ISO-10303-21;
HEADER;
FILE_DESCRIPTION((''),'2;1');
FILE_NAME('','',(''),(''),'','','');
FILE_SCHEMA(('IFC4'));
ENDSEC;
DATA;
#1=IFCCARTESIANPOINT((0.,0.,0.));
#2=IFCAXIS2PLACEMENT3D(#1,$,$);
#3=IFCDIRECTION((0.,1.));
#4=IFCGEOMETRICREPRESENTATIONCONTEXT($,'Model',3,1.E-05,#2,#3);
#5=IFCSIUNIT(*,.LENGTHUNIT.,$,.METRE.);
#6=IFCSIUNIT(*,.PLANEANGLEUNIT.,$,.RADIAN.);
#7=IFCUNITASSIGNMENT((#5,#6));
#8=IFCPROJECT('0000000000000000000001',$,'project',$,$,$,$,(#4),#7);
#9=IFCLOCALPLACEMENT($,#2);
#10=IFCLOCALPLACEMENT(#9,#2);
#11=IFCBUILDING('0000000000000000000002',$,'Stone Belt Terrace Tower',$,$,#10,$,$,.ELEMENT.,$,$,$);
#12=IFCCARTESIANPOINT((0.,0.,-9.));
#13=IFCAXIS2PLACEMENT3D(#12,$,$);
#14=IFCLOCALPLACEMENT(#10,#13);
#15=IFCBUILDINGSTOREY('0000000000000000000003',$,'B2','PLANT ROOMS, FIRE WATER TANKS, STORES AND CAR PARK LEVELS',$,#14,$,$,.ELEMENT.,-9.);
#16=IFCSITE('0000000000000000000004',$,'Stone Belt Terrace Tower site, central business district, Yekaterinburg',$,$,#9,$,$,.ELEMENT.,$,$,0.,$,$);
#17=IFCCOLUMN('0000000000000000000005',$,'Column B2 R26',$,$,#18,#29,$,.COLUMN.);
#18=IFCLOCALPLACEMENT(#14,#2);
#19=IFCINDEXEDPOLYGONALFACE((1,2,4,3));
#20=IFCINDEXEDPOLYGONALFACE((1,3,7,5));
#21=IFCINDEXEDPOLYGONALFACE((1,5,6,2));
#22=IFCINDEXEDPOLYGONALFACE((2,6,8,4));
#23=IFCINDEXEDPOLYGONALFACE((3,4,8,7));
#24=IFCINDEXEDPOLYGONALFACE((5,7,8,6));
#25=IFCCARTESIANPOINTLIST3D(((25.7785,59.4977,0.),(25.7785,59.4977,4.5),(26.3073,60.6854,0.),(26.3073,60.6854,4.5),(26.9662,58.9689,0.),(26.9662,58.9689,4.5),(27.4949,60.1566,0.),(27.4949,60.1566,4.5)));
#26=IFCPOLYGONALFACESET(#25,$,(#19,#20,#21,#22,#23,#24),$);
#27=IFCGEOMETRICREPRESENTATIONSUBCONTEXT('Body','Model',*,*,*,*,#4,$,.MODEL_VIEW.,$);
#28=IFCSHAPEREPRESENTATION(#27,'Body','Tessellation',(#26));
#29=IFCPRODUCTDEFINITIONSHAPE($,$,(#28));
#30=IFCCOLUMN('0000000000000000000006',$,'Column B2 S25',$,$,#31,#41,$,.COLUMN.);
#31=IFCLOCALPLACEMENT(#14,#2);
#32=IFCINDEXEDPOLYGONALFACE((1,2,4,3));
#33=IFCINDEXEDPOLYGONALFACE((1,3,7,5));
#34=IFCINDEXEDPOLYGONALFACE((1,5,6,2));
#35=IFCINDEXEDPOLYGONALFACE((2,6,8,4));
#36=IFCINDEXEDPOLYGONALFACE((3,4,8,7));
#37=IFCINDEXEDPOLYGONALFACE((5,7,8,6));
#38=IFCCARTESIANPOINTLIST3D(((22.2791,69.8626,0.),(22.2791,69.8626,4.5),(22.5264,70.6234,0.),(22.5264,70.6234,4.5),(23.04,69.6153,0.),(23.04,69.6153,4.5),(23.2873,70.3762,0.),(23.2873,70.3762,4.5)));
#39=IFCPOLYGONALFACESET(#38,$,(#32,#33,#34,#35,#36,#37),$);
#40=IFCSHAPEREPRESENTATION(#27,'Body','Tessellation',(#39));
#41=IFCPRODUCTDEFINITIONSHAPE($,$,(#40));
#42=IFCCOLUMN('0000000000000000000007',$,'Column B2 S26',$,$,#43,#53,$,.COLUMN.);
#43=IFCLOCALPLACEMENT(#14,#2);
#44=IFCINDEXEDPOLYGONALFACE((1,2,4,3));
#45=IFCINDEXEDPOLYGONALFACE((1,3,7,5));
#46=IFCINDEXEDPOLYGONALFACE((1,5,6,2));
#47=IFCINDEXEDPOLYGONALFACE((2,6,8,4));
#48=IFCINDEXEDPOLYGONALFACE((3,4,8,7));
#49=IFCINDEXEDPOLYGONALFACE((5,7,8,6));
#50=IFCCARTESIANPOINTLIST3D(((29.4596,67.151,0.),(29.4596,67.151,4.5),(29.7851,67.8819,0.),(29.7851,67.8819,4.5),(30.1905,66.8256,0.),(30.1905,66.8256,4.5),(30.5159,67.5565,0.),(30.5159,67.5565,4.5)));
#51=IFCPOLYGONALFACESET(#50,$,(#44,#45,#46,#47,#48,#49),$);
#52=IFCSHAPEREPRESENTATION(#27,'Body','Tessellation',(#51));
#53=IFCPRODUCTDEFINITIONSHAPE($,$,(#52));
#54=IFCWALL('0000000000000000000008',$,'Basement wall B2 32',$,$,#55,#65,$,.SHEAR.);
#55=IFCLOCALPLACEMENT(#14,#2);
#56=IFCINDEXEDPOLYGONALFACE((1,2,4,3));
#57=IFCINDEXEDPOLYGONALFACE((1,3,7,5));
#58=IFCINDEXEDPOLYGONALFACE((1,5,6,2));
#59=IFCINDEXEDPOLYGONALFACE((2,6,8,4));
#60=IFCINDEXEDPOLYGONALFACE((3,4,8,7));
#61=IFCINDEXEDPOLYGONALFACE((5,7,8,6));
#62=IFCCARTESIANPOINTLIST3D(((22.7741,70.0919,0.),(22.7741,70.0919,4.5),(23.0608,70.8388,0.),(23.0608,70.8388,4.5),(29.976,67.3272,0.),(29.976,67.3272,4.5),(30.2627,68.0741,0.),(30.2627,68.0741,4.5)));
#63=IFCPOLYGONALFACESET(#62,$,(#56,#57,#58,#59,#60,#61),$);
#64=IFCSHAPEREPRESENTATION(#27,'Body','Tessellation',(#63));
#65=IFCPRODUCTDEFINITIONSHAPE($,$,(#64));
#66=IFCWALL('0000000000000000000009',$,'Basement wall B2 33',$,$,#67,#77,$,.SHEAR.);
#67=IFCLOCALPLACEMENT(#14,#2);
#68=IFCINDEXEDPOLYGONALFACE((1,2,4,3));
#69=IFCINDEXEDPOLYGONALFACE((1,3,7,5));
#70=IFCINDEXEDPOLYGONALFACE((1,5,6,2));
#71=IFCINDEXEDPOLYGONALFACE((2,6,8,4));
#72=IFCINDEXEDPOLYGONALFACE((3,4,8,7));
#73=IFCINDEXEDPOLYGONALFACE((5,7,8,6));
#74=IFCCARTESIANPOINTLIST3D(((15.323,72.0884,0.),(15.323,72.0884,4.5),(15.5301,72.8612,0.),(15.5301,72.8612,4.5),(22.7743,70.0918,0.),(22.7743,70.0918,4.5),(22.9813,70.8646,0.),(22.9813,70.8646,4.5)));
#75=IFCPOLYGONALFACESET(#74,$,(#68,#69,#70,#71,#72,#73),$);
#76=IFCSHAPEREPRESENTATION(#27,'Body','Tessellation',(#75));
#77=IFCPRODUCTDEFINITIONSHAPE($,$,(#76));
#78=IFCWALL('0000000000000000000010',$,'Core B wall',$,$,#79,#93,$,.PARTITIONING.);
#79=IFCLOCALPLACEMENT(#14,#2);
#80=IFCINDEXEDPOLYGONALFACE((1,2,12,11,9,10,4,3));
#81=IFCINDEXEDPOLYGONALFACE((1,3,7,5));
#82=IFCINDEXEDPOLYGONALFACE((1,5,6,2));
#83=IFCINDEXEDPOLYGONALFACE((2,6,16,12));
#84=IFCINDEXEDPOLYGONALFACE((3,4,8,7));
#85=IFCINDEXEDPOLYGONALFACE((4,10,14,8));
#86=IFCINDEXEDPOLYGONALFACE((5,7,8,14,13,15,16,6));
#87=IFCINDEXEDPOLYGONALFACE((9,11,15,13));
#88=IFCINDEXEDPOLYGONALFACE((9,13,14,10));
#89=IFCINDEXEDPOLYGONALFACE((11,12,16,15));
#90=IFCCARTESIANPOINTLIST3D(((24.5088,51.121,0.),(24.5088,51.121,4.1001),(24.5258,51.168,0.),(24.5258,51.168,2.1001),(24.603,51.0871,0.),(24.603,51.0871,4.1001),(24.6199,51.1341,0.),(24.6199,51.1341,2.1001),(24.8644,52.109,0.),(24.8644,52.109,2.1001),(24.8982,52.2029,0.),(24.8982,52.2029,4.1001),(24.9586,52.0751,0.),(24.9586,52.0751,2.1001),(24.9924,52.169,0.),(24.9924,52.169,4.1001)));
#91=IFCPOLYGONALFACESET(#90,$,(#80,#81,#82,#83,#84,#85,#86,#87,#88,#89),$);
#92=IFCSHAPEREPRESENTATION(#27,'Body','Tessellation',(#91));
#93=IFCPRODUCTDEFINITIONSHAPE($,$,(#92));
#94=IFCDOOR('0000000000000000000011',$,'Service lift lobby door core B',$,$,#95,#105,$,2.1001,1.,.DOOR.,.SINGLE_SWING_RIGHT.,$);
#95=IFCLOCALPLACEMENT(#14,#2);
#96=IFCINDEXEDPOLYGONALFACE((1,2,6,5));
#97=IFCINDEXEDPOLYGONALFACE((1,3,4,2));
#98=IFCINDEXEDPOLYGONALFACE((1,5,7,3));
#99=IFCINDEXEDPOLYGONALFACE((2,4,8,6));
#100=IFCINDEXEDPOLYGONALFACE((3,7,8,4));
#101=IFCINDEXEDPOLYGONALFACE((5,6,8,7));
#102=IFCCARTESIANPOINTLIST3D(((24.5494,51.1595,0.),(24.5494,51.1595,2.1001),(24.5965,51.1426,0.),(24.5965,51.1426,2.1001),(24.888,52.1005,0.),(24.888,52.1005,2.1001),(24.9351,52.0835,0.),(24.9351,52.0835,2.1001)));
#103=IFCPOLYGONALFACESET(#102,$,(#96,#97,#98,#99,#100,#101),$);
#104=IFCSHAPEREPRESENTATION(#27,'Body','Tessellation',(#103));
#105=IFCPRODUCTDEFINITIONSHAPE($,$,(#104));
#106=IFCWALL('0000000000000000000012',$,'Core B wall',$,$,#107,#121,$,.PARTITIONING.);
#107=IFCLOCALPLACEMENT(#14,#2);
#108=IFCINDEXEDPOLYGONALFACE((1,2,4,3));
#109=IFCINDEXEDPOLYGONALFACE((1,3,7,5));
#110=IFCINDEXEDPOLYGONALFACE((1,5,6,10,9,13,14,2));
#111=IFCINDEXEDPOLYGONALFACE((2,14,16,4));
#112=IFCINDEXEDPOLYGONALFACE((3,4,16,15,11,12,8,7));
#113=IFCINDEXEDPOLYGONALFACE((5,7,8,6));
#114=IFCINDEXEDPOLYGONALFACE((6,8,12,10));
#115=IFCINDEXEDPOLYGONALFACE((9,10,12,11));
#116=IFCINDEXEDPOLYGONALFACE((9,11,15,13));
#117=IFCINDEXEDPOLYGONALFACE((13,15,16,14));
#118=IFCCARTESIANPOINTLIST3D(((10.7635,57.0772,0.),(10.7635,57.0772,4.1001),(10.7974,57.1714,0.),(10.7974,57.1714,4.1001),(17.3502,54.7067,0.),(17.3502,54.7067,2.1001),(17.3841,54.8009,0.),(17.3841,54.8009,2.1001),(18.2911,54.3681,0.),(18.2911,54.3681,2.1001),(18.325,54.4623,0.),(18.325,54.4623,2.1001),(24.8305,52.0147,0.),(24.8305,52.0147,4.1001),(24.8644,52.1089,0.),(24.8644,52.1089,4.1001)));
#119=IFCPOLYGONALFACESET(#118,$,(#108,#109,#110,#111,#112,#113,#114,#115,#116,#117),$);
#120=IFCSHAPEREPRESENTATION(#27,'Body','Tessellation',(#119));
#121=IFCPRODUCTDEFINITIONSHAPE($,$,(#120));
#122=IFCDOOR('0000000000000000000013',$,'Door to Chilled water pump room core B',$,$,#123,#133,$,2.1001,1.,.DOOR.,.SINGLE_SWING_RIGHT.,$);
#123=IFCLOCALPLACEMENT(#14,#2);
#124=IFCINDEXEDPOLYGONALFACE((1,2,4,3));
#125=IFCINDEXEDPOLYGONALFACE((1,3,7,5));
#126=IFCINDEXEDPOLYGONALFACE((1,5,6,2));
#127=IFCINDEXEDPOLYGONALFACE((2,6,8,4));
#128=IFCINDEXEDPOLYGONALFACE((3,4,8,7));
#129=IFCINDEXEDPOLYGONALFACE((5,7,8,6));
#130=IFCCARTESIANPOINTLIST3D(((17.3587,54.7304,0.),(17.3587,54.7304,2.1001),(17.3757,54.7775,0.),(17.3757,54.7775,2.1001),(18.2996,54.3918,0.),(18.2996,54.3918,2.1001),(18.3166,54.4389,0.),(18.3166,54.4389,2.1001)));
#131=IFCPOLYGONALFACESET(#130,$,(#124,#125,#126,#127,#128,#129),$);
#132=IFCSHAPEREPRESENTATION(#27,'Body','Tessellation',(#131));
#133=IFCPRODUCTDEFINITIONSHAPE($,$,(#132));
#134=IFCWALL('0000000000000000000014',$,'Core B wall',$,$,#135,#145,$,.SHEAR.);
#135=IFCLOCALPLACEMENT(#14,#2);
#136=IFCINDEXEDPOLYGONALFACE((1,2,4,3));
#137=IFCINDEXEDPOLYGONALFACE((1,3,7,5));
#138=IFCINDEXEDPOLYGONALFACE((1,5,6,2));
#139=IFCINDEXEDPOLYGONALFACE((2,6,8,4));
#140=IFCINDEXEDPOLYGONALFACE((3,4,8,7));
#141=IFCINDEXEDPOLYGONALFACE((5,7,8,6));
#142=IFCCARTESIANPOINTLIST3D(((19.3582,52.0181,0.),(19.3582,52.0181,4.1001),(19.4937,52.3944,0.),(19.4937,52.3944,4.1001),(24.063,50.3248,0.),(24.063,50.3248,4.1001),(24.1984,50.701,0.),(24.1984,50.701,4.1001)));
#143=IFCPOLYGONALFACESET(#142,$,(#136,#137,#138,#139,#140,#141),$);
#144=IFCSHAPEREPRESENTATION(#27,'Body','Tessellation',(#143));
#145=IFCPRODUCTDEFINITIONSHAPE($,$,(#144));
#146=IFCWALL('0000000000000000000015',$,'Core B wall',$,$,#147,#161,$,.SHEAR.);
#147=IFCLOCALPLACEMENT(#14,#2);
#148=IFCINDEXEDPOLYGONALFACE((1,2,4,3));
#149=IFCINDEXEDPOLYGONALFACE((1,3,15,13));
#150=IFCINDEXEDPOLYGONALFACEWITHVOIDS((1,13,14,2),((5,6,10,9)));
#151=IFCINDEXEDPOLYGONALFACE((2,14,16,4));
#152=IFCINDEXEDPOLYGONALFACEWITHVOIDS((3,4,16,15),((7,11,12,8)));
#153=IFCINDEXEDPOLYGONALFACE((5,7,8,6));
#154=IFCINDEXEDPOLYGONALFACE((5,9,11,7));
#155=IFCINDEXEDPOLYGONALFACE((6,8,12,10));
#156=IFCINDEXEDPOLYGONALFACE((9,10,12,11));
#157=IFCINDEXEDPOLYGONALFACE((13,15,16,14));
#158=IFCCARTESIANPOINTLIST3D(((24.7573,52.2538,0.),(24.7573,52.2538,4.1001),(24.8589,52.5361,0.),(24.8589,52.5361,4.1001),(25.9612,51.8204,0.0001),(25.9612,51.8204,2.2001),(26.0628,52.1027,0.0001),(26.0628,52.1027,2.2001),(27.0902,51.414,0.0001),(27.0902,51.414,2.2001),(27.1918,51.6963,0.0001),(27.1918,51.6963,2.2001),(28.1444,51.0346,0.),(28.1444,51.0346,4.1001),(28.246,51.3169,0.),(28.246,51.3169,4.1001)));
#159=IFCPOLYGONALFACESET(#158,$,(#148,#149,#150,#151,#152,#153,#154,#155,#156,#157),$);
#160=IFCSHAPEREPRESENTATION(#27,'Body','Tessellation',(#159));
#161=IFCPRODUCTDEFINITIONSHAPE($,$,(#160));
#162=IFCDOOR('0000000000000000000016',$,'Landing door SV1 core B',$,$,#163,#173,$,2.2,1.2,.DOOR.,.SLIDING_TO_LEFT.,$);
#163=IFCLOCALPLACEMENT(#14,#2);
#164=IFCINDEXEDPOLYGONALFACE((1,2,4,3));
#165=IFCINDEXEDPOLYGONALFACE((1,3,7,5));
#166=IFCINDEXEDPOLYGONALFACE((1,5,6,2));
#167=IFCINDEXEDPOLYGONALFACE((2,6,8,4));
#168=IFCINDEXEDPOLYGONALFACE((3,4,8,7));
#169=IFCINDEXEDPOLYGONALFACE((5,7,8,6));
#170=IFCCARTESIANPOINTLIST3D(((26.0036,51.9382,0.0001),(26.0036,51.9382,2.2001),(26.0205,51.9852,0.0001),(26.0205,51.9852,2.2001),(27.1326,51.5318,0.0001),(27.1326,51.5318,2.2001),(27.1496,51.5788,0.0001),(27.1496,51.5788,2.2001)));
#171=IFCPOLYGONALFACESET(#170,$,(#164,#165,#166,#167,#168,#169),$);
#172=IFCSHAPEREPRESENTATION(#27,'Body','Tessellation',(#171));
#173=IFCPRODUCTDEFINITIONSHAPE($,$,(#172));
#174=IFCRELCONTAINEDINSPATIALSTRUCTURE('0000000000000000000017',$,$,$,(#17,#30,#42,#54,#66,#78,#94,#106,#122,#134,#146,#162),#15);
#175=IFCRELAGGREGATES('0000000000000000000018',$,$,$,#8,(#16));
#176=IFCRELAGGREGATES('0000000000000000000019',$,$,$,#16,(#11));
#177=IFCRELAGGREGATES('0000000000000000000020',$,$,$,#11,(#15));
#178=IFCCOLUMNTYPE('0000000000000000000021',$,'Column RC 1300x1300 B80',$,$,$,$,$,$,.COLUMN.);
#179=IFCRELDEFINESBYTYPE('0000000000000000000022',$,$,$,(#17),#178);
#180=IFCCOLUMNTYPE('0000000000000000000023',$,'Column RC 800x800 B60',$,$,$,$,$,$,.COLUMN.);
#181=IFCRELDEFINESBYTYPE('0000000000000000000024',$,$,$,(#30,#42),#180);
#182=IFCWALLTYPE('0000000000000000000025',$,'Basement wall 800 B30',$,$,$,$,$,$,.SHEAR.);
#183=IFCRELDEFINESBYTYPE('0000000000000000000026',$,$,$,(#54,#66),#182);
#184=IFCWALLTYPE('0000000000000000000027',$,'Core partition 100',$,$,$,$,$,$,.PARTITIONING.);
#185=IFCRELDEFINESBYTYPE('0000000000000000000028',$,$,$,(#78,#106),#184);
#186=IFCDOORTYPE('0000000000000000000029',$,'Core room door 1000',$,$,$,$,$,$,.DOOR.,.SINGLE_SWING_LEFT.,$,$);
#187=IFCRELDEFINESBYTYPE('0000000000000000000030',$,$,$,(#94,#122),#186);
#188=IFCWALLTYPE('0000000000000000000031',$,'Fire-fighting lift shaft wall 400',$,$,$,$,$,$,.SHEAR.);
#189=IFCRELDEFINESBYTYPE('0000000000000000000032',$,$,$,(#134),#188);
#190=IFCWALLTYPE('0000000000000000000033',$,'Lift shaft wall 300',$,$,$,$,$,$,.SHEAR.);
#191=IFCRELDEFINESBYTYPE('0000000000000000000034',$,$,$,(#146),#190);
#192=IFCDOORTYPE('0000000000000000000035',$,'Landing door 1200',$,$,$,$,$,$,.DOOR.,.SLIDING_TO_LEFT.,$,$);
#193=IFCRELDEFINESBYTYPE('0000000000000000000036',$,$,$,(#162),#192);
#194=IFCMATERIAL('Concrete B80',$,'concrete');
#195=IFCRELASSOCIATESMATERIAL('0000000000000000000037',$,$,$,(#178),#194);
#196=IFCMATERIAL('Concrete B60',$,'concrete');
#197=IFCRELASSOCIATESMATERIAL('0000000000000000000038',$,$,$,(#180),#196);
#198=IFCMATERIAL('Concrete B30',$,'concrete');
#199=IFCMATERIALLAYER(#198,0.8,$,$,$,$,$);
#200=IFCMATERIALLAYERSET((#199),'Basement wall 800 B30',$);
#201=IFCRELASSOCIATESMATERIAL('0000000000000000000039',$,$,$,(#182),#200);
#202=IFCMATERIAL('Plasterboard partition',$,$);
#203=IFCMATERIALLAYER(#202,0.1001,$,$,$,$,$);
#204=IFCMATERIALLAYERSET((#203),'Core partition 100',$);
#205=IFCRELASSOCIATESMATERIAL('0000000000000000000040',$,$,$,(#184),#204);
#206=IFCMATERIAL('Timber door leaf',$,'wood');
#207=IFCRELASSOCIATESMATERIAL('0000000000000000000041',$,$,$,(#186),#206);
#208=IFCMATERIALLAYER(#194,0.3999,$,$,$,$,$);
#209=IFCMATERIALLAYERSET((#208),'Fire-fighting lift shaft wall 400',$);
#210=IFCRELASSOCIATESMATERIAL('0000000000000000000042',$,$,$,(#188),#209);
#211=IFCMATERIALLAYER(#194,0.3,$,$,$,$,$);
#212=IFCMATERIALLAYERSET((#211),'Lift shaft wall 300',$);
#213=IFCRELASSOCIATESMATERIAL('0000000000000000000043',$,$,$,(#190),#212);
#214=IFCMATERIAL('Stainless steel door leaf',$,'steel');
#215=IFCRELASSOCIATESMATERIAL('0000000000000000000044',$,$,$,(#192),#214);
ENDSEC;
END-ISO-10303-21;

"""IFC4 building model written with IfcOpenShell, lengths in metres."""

from ifc_helpers import new_model, si_unit, direction, frame, frame_2d, origin, origin_2d, place, context, subcontext, project, spatial, rectangle, extrude, material, layer, layer_set, material_profile, profile_set, type_object, element, fill, save


model = new_model("IFC4")

# Units and contexts
model_context = context("Model", 3, precision=1e-05, world=origin(), true_north=direction((0.0, 1.0)))
body_context = subcontext(model_context, "Body", "Model", "MODEL_VIEW")
ifc_project = project(units=[si_unit("LENGTHUNIT", "METRE"), si_unit("PLANEANGLEUNIT", "RADIAN")], contexts=[model_context])

# Site, building, storey
site_placement = place(None, origin())
site = spatial("IfcSite", under=ifc_project, at=site_placement, Name="Stone Belt Terrace Tower site, central business district, Yekaterinburg", CompositionType="ELEMENT", RefElevation=0.0)
building_placement = place(site_placement, origin())
building = spatial("IfcBuilding", under=site, at=building_placement, Name="Stone Belt Terrace Tower", CompositionType="ELEMENT")
storey_placement = place(building_placement, frame((0.0, 0.0, -9.0)))
storey = spatial("IfcBuildingStorey", under=building, at=storey_placement, Name="B2", Description="PLANT ROOMS, FIRE WATER TANKS, STORES AND CAR PARK LEVELS", CompositionType="ELEMENT", Elevation=-9.0)

# Columns
ifc_material_1 = material(Name="Concrete B80", Category="concrete")
ifc_material_profile_1 = material_profile(ifc_material_1, rectangle(XDim=1.3, YDim=1.3, at=origin_2d()), Name="RC 1300x1300")
ifc_profile_set_1 = profile_set([ifc_material_profile_1], Name="Concrete B80")
column_type_1 = type_object("IfcColumnType", Name="Column RC 1300x1300 B80", PredefinedType="COLUMN", material=ifc_profile_set_1)
column_placement = place(storey_placement, frame((26.6367, 59.8271, 0.0), z_axis=(0.0, 0.0, 1.0), x_axis=(0.913545, -0.406737, 0.0)))
element("IfcColumn", 1, at=column_placement, inside=storey, type_object=column_type_1, Name="Column B2 R26", PredefinedType="COLUMN", context=body_context, shape_type="SweptSolid", body=[
    extrude(rectangle(XDim=1.3, YDim=1.3, at=origin_2d()), origin(), (0.0, 0.0, 1.0), 4.5),
])
ifc_material_2 = material(Name="Concrete B60", Category="concrete")
ifc_material_profile_2 = material_profile(ifc_material_2, rectangle(XDim=0.8, YDim=0.8, at=origin_2d()), Name="RC 800x800")
ifc_profile_set_2 = profile_set([ifc_material_profile_2], Name="Concrete B60")
column_type_2 = type_object("IfcColumnType", Name="Column RC 800x800 B60", PredefinedType="COLUMN", material=ifc_profile_set_2)
for number, where, z_axis, x_axis, name in (
    (2, (22.7832, 70.1194, 0.0), (0.0, 0.0, 1.0), (0.951057, -0.309017, 0.0), "Column B2 S25"),
    (3, (29.9878, 67.3538, 0.0), (0.0, 0.0, 1.0), (0.913545, -0.406737, 0.0), "Column B2 S26"),
):
    element("IfcColumn", number, at=place(storey_placement, frame(where, z_axis=z_axis, x_axis=x_axis)), inside=storey, type_object=column_type_2, Name=name, PredefinedType="COLUMN", context=body_context, shape_type="SweptSolid", body=[
        extrude(rectangle(XDim=0.8, YDim=0.8, at=origin_2d()), origin(), (0.0, 0.0, 1.0), 4.5),
    ])

# Walls
ifc_material_3 = material(Name="Concrete B30", Category="concrete")
ifc_layer_1 = layer(ifc_material_3, 0.8)
ifc_layer_set_1 = layer_set([ifc_layer_1], Name="Basement wall 800 B30")
wall_type_1 = type_object("IfcWallType", Name="Basement wall 800 B30", PredefinedType="SHEAR", material=ifc_layer_set_1)
wall_1_placement = place(storey_placement, frame((30.1194, 67.7007, 0.0), z_axis=(0.0, 0.0, 1.0), x_axis=(-0.933576, 0.358379, 0.0)))
element("IfcWall", 4, at=wall_1_placement, inside=storey, type_object=wall_type_1, Name="Basement wall B2 32", PredefinedType="SHEAR", context=body_context, shape_type="SweptSolid", body=[
    extrude(rectangle(XDim=7.7144, YDim=0.8, at=frame_2d((3.8572, 0.0))), origin(), (0.0, 0.0, 1.0), 4.5),
])
wall_2_placement = place(storey_placement, frame((22.8777, 70.4783, 0.0), z_axis=(0.0, 0.0, 1.0), x_axis=(-0.965924, 0.258825, 0.0)))
element("IfcWall", 5, at=wall_2_placement, inside=storey, type_object=wall_type_1, Name="Basement wall B2 33", PredefinedType="SHEAR", context=body_context, shape_type="SweptSolid", body=[
    extrude(rectangle(XDim=7.7141, YDim=0.8, at=frame_2d((3.8569, 0.0))), origin(), (0.0, 0.0, 1.0), 4.5),
])

# Walls, openings, doors
ifc_material_4 = material(Name="Plasterboard partition")
ifc_layer_2 = layer(ifc_material_4, 0.1001)
ifc_layer_set_2 = layer_set([ifc_layer_2], Name="Core partition 100")
wall_type_2 = type_object("IfcWallType", Name="Core partition 100", PredefinedType="PARTITIONING", material=ifc_layer_set_2)
wall_3_placement = place(storey_placement, frame((24.5559, 51.104, 0.0), z_axis=(0.0, 0.0, 1.0), x_axis=(0.338622, 0.940923, 0.0)))
wall_3 = element("IfcWall", 6, at=wall_3_placement, inside=storey, type_object=wall_type_2, Name="Core B wall", PredefinedType="PARTITIONING", context=body_context, shape_type="SweptSolid", body=[
    extrude(rectangle(XDim=1.1499, YDim=0.1001, at=frame_2d((0.575, 0.0))), origin(), (0.0, 0.0, 1.0), 4.1001),
])
opening_1_placement = place(wall_3_placement, frame((0.05, 0.0, 0.0)))
opening_1 = element("IfcOpeningElement", 7, at=opening_1_placement, cuts=wall_3, PredefinedType="OPENING", context=body_context, shape_type="SweptSolid", body=[
    extrude(rectangle(XDim=1.0, YDim=2.1001, at=frame_2d((0.5, 1.05))), frame((0.0, 0.0601, 0.0), z_axis=(0.0, -1.0, 0.0), x_axis=(1.0, 0.0, 0.0)), (0.0, 0.0, 1.0), 0.1201),
])
ifc_material_5 = material(Name="Timber door leaf", Category="wood")
door_type_1 = type_object("IfcDoorType", Name="Core room door 1000", OperationType="SINGLE_SWING_LEFT", PredefinedType="DOOR", material=ifc_material_5)
door_1_placement = place(opening_1_placement, origin())
door_1 = element("IfcDoor", 8, at=door_1_placement, inside=storey, type_object=door_type_1, Name="Service lift lobby door core B", OperationType="SINGLE_SWING_RIGHT", OverallHeight=2.1001, OverallWidth=1.0, PredefinedType="DOOR", context=body_context, shape_type="SweptSolid", body=[
    extrude(rectangle(XDim=1.0, YDim=2.1001, at=frame_2d((0.5, 1.05))), frame((0.0, 0.0249, 0.0), z_axis=(0.0, -1.0, 0.0), x_axis=(1.0, 0.0, 0.0)), (0.0, 0.0, 1.0), 0.05),
])
fill(opening_1, door_1)
wall_4_placement = place(storey_placement, frame((24.8474, 52.0618, 0.0), z_axis=(0.0, 0.0, 1.0), x_axis=(-0.940921, 0.338626, 0.0)))
wall_4 = element("IfcWall", 9, at=wall_4_placement, inside=storey, type_object=wall_type_2, Name="Core B wall", PredefinedType="PARTITIONING", context=body_context, shape_type="SweptSolid", body=[
    extrude(rectangle(XDim=14.9502, YDim=0.1001, at=frame_2d((7.4751, 0.0))), origin(), (0.0, 0.0, 1.0), 4.1001),
])
opening_2_placement = place(wall_4_placement, frame((6.95, 0.0, 0.0)))
opening_2 = element("IfcOpeningElement", 10, at=opening_2_placement, cuts=wall_4, PredefinedType="OPENING", context=body_context, shape_type="SweptSolid", body=[
    extrude(rectangle(XDim=1.0, YDim=2.1001, at=frame_2d((0.5, 1.05))), frame((0.0, 0.0601, 0.0), z_axis=(0.0, -1.0, 0.0), x_axis=(1.0, 0.0, 0.0)), (0.0, 0.0, 1.0), 0.1201),
])
door_2_placement = place(opening_2_placement, origin())
door_2 = element("IfcDoor", 11, at=door_2_placement, inside=storey, type_object=door_type_1, Name="Door to Chilled water pump room core B", OperationType="SINGLE_SWING_RIGHT", OverallHeight=2.1001, OverallWidth=1.0, PredefinedType="DOOR", context=body_context, shape_type="SweptSolid", body=[
    extrude(rectangle(XDim=1.0, YDim=2.1001, at=frame_2d((0.5, 1.05))), frame((0.0, 0.0249, 0.0), z_axis=(0.0, -1.0, 0.0), x_axis=(1.0, 0.0, 0.0)), (0.0, 0.0, 1.0), 0.05),
])
fill(opening_2, door_2)

# Wall
ifc_layer_3 = layer(ifc_material_1, 0.3999)
ifc_layer_set_3 = layer_set([ifc_layer_3], Name="Fire-fighting lift shaft wall 400")
wall_type_3 = type_object("IfcWallType", Name="Fire-fighting lift shaft wall 400", PredefinedType="SHEAR", material=ifc_layer_set_3)
wall_5_placement = place(storey_placement, frame((24.1306, 50.5129, 0.0), z_axis=(0.0, 0.0, 1.0), x_axis=(-0.940912, 0.338652, 0.0)))
element("IfcWall", 12, at=wall_5_placement, inside=storey, type_object=wall_type_3, Name="Core B wall", PredefinedType="SHEAR", context=body_context, shape_type="SweptSolid", body=[
    extrude(rectangle(XDim=5.0002, YDim=0.3999, at=frame_2d((2.5, 0.0))), origin(), (0.0, 0.0, 1.0), 4.1001),
])

# Wall, opening, door
ifc_layer_4 = layer(ifc_material_1, 0.3)
ifc_layer_set_4 = layer_set([ifc_layer_4], Name="Lift shaft wall 300")
wall_type_4 = type_object("IfcWallType", Name="Lift shaft wall 300", PredefinedType="SHEAR", material=ifc_layer_set_4)
wall_6_placement = place(storey_placement, frame((28.1951, 51.1758, 0.0), z_axis=(0.0, 0.0, 1.0), x_axis=(-0.940901, 0.338681, 0.0)))
wall_6 = element("IfcWall", 13, at=wall_6_placement, inside=storey, type_object=wall_type_4, Name="Core B wall", PredefinedType="SHEAR", context=body_context, shape_type="SweptSolid", body=[
    extrude(rectangle(XDim=3.5999, YDim=0.3, at=frame_2d((1.7998, 0.0))), origin(), (0.0, 0.0, 1.0), 4.1001),
])
opening_3_placement = place(wall_6_placement, frame((1.1201, 0.0, 0.0)))
opening_3 = element("IfcOpeningElement", 14, at=opening_3_placement, cuts=wall_6, PredefinedType="OPENING", context=body_context, shape_type="SweptSolid", body=[
    extrude(rectangle(XDim=1.2, YDim=2.2, at=frame_2d((0.6001, 1.1001))), frame((0.0, 0.1599, 0.0), z_axis=(0.0, -1.0, 0.0), x_axis=(1.0, 0.0, 0.0)), (0.0, 0.0, 1.0), 0.3201),
])
ifc_material_6 = material(Name="Stainless steel door leaf", Category="steel")
door_type_2 = type_object("IfcDoorType", Name="Landing door 1200", OperationType="SLIDING_TO_LEFT", PredefinedType="DOOR", material=ifc_material_6)
door_3_placement = place(opening_3_placement, origin())
door_3 = element("IfcDoor", 15, at=door_3_placement, inside=storey, type_object=door_type_2, Name="Landing door SV1 core B", OperationType="SLIDING_TO_LEFT", OverallHeight=2.2, OverallWidth=1.2, PredefinedType="DOOR", context=body_context, shape_type="SweptSolid", body=[
    extrude(rectangle(XDim=1.2, YDim=2.2, at=frame_2d((0.6001, 1.1001))), frame((0.0, 0.0249, 0.0), z_axis=(0.0, -1.0, 0.0), x_axis=(1.0, 0.0, 0.0)), (0.0, 0.0, 1.0), 0.05),
])
fill(opening_3, door_3)

save(model, "model.ifc")
